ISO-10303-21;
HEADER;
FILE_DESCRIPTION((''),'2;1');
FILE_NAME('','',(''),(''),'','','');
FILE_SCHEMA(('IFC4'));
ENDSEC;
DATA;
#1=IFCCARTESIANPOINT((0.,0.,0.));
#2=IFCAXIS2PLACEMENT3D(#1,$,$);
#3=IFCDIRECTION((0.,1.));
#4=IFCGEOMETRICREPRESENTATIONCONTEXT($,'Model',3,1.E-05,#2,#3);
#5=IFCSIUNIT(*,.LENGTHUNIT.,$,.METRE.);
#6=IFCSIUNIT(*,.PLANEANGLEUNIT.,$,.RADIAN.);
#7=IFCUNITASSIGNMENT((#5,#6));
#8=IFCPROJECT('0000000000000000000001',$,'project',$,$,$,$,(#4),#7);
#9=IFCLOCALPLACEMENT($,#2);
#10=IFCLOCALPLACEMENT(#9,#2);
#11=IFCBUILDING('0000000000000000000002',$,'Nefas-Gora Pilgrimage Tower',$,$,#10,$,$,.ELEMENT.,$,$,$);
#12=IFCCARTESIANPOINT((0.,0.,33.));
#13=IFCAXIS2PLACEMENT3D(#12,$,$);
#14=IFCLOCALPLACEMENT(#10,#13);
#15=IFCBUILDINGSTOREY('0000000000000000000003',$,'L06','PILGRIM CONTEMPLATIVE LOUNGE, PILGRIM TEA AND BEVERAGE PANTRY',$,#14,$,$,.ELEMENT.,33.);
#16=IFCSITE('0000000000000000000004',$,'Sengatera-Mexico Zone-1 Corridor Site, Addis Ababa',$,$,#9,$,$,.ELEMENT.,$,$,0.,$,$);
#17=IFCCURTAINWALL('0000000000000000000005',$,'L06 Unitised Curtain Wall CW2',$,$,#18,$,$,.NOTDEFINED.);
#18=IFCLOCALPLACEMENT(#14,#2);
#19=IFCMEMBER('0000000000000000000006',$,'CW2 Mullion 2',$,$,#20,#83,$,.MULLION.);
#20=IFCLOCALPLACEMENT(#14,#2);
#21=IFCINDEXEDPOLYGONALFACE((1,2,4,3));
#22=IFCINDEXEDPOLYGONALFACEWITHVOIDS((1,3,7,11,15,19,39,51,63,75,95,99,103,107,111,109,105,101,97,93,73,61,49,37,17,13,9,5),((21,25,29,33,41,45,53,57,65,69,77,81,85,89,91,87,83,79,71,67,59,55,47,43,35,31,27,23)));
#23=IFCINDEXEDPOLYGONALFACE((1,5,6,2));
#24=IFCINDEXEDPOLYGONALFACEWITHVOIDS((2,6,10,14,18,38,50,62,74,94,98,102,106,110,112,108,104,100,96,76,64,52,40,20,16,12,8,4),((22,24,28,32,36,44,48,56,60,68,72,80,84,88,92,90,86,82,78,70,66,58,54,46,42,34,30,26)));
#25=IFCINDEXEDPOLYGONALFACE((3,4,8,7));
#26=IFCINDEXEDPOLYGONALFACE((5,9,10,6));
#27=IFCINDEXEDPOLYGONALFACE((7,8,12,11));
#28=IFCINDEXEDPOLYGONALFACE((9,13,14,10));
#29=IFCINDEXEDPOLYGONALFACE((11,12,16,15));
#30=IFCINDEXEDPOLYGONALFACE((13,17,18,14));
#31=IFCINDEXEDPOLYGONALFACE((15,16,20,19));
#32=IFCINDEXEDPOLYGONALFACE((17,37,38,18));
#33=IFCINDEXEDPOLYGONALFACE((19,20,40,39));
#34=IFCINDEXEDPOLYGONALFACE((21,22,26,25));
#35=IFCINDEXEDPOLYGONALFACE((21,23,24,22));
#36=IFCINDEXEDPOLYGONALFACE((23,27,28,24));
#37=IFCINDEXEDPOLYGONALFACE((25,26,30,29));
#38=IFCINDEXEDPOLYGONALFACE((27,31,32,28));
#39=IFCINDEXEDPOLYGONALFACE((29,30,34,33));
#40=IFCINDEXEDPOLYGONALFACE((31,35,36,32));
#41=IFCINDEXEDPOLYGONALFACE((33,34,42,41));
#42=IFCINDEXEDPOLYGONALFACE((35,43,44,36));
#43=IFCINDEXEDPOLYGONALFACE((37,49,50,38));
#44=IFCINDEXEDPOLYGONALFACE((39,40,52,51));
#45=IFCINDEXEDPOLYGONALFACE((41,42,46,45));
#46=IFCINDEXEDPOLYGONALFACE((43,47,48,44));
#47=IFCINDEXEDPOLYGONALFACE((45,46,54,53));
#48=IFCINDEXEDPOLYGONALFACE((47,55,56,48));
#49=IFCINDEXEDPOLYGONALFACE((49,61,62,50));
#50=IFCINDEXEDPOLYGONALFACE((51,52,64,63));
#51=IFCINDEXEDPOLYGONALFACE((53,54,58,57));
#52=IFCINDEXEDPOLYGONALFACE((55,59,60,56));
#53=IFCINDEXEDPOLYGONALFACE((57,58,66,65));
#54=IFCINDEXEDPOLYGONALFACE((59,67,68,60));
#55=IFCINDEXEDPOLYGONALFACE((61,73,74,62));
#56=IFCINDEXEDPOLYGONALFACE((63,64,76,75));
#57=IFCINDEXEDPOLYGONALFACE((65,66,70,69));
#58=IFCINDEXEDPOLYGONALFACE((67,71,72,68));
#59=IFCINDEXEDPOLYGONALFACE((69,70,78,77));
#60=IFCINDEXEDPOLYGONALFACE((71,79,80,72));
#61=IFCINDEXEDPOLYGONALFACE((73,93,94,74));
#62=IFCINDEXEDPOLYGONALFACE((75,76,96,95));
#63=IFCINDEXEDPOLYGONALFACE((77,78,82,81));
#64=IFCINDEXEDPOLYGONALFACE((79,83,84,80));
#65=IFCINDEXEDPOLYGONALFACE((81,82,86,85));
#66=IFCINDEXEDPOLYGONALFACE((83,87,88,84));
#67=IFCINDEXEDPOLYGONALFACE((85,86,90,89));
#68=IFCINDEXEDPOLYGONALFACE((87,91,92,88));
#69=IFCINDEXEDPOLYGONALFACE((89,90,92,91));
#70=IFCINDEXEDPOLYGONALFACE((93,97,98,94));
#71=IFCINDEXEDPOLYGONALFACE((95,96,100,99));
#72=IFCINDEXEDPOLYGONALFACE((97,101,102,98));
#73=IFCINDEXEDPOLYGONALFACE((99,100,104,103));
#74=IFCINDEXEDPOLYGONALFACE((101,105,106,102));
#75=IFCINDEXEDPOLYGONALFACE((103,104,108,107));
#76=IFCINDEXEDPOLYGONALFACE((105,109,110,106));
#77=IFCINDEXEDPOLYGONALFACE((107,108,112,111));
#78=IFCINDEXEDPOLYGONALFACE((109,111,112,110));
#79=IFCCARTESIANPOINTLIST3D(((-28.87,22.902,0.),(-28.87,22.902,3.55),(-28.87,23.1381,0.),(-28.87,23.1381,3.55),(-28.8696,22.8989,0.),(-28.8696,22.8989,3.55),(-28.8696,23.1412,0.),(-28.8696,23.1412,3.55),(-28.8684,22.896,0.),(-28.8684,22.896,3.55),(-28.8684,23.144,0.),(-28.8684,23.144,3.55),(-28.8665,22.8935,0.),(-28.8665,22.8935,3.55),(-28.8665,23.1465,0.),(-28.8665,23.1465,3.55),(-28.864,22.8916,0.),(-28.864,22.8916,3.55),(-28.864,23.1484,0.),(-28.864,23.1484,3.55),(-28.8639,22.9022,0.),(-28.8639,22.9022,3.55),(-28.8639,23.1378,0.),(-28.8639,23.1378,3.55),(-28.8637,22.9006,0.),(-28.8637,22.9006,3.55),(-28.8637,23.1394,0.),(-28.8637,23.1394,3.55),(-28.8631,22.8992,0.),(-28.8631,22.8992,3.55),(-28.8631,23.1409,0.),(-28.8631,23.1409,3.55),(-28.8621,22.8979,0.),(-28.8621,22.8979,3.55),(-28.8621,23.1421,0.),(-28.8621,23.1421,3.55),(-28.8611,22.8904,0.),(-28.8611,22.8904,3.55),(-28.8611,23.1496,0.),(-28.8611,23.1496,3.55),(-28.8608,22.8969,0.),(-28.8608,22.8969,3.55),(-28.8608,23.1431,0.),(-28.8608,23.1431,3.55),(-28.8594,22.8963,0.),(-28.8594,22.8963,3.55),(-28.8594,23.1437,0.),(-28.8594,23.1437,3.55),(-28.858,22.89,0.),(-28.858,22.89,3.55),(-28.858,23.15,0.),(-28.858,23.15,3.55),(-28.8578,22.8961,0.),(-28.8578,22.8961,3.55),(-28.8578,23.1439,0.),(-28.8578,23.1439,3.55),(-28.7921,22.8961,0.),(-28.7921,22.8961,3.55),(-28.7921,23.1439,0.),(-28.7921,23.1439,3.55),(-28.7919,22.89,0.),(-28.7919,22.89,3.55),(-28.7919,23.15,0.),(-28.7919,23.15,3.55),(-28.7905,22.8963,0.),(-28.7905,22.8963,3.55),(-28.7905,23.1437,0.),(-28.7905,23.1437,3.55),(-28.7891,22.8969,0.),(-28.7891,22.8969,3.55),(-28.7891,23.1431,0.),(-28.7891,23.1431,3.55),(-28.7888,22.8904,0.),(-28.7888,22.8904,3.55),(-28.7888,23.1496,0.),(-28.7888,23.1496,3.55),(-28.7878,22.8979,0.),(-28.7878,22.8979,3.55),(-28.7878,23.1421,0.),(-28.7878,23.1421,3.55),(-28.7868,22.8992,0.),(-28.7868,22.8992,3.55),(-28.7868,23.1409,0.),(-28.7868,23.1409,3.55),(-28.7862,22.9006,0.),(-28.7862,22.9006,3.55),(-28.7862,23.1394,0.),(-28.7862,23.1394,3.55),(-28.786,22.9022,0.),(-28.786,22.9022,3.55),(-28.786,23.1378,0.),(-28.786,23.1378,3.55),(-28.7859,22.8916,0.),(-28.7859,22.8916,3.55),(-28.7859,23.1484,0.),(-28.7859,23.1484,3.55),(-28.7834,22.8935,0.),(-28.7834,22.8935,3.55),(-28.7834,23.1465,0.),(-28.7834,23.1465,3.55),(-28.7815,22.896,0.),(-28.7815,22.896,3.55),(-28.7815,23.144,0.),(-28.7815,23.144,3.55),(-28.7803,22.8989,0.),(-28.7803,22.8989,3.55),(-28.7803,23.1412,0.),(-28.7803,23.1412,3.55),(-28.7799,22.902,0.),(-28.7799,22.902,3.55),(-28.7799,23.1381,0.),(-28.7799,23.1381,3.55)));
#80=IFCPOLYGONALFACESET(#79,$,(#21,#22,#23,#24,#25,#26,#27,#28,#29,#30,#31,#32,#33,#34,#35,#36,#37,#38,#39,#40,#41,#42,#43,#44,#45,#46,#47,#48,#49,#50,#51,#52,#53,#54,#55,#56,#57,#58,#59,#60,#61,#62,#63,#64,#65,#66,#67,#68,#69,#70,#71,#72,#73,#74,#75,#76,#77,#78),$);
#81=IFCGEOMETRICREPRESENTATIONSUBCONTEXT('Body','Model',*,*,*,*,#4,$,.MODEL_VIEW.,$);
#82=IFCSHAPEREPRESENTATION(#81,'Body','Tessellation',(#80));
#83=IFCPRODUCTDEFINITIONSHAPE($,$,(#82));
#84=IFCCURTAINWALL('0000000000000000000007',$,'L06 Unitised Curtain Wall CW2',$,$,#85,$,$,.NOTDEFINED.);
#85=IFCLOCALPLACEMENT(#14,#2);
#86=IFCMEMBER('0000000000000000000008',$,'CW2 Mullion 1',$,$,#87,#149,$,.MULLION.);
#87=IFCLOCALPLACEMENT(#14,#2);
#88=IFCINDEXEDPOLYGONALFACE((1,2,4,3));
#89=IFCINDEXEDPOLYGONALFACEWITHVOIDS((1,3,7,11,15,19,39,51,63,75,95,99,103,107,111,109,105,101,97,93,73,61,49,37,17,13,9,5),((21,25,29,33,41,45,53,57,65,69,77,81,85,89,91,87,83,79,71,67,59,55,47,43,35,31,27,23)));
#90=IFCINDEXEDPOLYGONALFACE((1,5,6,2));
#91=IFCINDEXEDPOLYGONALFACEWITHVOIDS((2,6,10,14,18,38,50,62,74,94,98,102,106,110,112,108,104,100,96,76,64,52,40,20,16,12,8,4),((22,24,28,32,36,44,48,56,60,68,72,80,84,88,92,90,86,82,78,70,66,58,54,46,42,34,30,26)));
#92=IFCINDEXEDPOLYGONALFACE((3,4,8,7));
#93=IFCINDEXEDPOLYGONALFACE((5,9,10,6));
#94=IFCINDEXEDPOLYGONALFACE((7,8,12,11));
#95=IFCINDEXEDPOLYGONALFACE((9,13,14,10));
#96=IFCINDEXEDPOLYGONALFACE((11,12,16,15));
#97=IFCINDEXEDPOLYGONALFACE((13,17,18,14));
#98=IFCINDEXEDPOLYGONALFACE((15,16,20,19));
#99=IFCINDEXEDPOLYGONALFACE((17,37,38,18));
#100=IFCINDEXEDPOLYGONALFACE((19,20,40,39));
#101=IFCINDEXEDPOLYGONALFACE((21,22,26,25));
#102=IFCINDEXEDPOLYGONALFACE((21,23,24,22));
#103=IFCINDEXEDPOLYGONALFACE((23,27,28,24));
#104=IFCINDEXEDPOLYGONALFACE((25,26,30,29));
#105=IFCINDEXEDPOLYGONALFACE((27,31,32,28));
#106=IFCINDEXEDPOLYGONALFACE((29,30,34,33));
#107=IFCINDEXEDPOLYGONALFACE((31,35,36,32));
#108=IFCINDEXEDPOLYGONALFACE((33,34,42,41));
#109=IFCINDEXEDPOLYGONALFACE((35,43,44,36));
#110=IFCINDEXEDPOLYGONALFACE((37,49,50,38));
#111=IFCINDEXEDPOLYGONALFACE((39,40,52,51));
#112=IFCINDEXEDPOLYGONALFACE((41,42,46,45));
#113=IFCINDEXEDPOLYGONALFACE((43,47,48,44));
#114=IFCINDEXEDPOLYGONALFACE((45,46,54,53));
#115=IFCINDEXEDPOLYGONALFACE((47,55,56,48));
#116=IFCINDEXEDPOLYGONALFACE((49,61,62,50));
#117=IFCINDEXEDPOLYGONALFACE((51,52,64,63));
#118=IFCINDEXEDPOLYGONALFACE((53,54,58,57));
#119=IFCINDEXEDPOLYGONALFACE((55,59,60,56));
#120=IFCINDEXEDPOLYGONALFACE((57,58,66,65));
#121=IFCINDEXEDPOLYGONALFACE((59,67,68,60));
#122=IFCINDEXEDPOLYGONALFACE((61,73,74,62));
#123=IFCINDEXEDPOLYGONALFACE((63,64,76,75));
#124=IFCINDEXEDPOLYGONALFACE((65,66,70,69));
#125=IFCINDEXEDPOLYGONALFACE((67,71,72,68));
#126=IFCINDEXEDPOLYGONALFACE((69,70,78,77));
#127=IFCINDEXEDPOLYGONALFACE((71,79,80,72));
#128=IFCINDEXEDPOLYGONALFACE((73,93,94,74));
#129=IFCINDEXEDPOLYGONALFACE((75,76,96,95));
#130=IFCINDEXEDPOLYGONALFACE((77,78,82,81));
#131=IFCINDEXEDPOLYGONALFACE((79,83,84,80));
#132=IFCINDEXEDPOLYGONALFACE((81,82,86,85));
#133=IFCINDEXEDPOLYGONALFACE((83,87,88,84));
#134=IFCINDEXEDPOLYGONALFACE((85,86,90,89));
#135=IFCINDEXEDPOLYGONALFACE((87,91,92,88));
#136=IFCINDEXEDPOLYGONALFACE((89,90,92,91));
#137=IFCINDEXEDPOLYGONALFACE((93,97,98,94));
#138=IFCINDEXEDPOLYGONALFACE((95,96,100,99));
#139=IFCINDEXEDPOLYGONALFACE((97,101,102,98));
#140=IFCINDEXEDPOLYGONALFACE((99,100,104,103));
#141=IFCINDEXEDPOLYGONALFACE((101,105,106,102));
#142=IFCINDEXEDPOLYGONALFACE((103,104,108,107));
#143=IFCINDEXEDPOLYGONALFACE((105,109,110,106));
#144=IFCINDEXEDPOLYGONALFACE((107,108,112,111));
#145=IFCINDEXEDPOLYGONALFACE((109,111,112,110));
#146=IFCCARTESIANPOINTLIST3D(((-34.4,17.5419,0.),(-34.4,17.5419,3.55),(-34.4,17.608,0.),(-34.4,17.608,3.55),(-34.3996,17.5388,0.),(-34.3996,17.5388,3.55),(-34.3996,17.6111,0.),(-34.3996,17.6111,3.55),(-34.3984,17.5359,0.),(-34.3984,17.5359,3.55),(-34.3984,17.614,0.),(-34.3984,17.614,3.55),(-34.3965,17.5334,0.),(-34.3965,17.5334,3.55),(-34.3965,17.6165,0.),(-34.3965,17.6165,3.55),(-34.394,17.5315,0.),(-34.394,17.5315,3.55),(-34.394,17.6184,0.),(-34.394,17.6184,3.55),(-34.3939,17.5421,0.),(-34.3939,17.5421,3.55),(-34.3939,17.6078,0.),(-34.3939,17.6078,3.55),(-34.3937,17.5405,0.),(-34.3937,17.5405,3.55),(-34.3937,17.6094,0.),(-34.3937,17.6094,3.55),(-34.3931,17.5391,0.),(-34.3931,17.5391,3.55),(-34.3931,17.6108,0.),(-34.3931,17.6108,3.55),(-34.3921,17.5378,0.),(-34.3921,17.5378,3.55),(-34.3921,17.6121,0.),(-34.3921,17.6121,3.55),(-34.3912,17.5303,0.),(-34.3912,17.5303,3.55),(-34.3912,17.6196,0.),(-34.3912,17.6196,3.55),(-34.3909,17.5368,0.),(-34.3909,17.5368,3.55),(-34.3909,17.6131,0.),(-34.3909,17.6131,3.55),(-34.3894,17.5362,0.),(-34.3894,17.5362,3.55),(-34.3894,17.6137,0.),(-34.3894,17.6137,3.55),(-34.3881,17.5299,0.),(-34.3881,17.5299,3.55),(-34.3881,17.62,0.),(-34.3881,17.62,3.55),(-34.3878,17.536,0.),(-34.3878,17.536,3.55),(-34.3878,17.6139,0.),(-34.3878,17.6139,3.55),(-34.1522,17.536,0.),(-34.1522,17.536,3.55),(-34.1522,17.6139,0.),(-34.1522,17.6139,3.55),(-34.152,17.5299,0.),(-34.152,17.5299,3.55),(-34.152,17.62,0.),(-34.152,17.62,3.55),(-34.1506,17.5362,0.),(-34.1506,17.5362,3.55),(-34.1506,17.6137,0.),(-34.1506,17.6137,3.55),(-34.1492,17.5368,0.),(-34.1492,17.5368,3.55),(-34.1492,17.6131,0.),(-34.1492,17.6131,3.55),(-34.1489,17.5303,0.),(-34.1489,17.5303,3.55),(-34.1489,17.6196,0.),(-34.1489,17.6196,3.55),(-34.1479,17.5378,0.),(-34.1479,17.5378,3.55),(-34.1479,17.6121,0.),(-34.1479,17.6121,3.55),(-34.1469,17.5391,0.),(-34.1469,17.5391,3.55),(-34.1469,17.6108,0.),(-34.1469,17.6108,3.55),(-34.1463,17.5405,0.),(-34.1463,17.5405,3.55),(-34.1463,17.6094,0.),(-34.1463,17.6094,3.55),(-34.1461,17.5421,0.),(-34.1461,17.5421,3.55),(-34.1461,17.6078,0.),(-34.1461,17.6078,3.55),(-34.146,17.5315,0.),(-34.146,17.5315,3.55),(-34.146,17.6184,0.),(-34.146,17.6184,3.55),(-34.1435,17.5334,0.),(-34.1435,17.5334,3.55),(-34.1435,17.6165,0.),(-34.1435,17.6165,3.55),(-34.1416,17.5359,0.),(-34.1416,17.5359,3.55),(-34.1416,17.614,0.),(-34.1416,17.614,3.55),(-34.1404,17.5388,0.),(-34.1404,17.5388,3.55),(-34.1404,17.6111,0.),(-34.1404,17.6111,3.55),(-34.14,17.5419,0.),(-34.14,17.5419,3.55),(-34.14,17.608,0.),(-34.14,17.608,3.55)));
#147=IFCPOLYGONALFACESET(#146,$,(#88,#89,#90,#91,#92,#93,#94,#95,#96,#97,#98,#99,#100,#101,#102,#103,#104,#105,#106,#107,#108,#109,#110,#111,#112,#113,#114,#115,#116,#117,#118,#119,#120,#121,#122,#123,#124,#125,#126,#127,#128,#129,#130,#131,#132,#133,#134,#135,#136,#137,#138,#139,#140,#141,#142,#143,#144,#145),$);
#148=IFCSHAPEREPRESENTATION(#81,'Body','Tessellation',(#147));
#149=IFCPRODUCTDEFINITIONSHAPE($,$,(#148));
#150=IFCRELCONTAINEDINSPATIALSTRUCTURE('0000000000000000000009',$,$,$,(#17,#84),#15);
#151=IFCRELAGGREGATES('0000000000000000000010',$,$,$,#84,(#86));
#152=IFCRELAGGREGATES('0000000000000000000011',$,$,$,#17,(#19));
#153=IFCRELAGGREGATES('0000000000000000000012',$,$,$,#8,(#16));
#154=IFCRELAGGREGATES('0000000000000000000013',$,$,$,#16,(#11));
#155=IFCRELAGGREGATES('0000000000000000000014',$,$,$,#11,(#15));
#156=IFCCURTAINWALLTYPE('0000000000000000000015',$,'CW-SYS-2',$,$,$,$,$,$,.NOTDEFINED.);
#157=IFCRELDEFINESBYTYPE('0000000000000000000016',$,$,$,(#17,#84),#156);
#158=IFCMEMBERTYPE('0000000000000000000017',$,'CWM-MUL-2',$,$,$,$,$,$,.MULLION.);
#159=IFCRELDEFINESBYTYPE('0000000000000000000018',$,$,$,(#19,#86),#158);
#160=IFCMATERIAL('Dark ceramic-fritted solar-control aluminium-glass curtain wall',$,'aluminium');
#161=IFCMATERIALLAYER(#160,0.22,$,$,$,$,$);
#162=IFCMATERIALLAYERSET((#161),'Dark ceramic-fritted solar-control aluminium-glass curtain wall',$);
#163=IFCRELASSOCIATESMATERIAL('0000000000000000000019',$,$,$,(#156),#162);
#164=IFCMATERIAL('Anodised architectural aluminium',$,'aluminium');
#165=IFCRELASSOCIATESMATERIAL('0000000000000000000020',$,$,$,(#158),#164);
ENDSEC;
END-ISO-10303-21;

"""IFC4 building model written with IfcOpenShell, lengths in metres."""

from ifc_helpers import new_model, si_unit, direction, frame, origin, origin_2d, place, context, subcontext, project, spatial, hollow_rectangle, extrude, source, transform, mapped, material, layer, layer_set, material_profile, profile_set, type_object, element, aggregate, save


model = new_model("IFC4")

# Units and contexts
model_context = context("Model", 3, precision=1e-05, world=origin(), true_north=direction((0.0, 1.0)))
body_context = subcontext(model_context, "Body", "Model", "MODEL_VIEW")
ifc_project = project(units=[si_unit("LENGTHUNIT", "METRE"), si_unit("PLANEANGLEUNIT", "RADIAN")], contexts=[model_context])

# Site, building, storey
site_placement = place(None, origin())
site = spatial("IfcSite", under=ifc_project, at=site_placement, Name="Sengatera-Mexico Zone-1 Corridor Site, Addis Ababa", CompositionType="ELEMENT", RefElevation=0.0)
building_placement = place(site_placement, origin())
building = spatial("IfcBuilding", under=site, at=building_placement, Name="Nefas-Gora Pilgrimage Tower", CompositionType="ELEMENT")
storey_placement = place(building_placement, frame((0.0, 0.0, 33.0)))
storey = spatial("IfcBuildingStorey", under=building, at=storey_placement, Name="L06", Description="PILGRIM CONTEMPLATIVE LOUNGE, PILGRIM TEA AND BEVERAGE PANTRY", CompositionType="ELEMENT", Elevation=33.0)

# Shared definitions
ifc_material_1 = material(Name="Dark ceramic-fritted solar-control aluminium-glass curtain wall", Category="aluminium")
ifc_material_2 = material(Name="Anodised architectural aluminium", Category="aluminium")

# Curtain walls, members
ifc_layer_1 = layer(ifc_material_1, 0.22)
ifc_layer_set_1 = layer_set([ifc_layer_1], Name="Dark ceramic-fritted solar-control aluminium-glass curtain wall")
curtain_wall_type_1 = type_object("IfcCurtainWallType", Name="CW-SYS-2", PredefinedType="NOTDEFINED", material=ifc_layer_set_1)
curtain_wall_1_placement = place(storey_placement, origin())
curtain_wall_1 = element("IfcCurtainWall", 1, at=curtain_wall_1_placement, inside=storey, type_object=curtain_wall_type_1, Name="L06 Unitised Curtain Wall CW2", PredefinedType="NOTDEFINED")
ifc_material_profile_1 = material_profile(ifc_material_2, hollow_rectangle(XDim=0.0901, YDim=0.26, WallThickness=0.0061, InnerFilletRadius=0.0061, OuterFilletRadius=0.012, at=origin_2d()), Name="ALU MULLION 90x260")
ifc_profile_set_1 = profile_set([ifc_material_profile_1], Name="Anodised architectural aluminium")
member_type_1 = type_object("IfcMemberType", Name="CWM-MUL-2", PredefinedType="MULLION", material=ifc_profile_set_1)
shared_shape_1 = source(origin(), body_context, "Body", "SweptSolid", [
    extrude(hollow_rectangle(XDim=0.0901, YDim=0.26, WallThickness=0.0061, InnerFilletRadius=0.0061, OuterFilletRadius=0.012, at=origin_2d()), origin(), (0.0, 0.0, 1.0), 3.55),
])
member_1_placement = place(storey_placement, frame((-28.825, 23.02, 0.0), z_axis=(0.0, 0.0, 1.0), x_axis=(-1.0, 0.0, 0.0)))
member_1 = element("IfcMember", 2, at=member_1_placement, type_object=member_type_1, Name="CW2 Mullion 2", PredefinedType="MULLION", context=body_context, shape_type="MappedRepresentation", body=[
    mapped(shared_shape_1, transform((0.0, 0.0, 0.0), x_axis=(1.0, 0.0, 0.0), y_axis=(0.0, 1.0, 0.0), z_axis=(0.0, 0.0, 1.0), scale=1.0)),
])
curtain_wall_2_placement = place(storey_placement, origin())
curtain_wall_2 = element("IfcCurtainWall", 3, at=curtain_wall_2_placement, inside=storey, type_object=curtain_wall_type_1, Name="L06 Unitised Curtain Wall CW2", PredefinedType="NOTDEFINED")
member_2_placement = place(storey_placement, frame((-34.27, 17.575, 0.0), z_axis=(0.0, 0.0, 1.0), x_axis=(0.0, -1.0, 0.0)))
member_2 = element("IfcMember", 4, at=member_2_placement, type_object=member_type_1, Name="CW2 Mullion 1", PredefinedType="MULLION", context=body_context, shape_type="MappedRepresentation", body=[
    mapped(shared_shape_1, transform((0.0, 0.0, 0.0), x_axis=(1.0, 0.0, 0.0), y_axis=(0.0, 1.0, 0.0), z_axis=(0.0, 0.0, 1.0), scale=1.0)),
])

aggregate(curtain_wall_2, [member_2])
aggregate(curtain_wall_1, [member_1])

save(model, "model.ifc")
